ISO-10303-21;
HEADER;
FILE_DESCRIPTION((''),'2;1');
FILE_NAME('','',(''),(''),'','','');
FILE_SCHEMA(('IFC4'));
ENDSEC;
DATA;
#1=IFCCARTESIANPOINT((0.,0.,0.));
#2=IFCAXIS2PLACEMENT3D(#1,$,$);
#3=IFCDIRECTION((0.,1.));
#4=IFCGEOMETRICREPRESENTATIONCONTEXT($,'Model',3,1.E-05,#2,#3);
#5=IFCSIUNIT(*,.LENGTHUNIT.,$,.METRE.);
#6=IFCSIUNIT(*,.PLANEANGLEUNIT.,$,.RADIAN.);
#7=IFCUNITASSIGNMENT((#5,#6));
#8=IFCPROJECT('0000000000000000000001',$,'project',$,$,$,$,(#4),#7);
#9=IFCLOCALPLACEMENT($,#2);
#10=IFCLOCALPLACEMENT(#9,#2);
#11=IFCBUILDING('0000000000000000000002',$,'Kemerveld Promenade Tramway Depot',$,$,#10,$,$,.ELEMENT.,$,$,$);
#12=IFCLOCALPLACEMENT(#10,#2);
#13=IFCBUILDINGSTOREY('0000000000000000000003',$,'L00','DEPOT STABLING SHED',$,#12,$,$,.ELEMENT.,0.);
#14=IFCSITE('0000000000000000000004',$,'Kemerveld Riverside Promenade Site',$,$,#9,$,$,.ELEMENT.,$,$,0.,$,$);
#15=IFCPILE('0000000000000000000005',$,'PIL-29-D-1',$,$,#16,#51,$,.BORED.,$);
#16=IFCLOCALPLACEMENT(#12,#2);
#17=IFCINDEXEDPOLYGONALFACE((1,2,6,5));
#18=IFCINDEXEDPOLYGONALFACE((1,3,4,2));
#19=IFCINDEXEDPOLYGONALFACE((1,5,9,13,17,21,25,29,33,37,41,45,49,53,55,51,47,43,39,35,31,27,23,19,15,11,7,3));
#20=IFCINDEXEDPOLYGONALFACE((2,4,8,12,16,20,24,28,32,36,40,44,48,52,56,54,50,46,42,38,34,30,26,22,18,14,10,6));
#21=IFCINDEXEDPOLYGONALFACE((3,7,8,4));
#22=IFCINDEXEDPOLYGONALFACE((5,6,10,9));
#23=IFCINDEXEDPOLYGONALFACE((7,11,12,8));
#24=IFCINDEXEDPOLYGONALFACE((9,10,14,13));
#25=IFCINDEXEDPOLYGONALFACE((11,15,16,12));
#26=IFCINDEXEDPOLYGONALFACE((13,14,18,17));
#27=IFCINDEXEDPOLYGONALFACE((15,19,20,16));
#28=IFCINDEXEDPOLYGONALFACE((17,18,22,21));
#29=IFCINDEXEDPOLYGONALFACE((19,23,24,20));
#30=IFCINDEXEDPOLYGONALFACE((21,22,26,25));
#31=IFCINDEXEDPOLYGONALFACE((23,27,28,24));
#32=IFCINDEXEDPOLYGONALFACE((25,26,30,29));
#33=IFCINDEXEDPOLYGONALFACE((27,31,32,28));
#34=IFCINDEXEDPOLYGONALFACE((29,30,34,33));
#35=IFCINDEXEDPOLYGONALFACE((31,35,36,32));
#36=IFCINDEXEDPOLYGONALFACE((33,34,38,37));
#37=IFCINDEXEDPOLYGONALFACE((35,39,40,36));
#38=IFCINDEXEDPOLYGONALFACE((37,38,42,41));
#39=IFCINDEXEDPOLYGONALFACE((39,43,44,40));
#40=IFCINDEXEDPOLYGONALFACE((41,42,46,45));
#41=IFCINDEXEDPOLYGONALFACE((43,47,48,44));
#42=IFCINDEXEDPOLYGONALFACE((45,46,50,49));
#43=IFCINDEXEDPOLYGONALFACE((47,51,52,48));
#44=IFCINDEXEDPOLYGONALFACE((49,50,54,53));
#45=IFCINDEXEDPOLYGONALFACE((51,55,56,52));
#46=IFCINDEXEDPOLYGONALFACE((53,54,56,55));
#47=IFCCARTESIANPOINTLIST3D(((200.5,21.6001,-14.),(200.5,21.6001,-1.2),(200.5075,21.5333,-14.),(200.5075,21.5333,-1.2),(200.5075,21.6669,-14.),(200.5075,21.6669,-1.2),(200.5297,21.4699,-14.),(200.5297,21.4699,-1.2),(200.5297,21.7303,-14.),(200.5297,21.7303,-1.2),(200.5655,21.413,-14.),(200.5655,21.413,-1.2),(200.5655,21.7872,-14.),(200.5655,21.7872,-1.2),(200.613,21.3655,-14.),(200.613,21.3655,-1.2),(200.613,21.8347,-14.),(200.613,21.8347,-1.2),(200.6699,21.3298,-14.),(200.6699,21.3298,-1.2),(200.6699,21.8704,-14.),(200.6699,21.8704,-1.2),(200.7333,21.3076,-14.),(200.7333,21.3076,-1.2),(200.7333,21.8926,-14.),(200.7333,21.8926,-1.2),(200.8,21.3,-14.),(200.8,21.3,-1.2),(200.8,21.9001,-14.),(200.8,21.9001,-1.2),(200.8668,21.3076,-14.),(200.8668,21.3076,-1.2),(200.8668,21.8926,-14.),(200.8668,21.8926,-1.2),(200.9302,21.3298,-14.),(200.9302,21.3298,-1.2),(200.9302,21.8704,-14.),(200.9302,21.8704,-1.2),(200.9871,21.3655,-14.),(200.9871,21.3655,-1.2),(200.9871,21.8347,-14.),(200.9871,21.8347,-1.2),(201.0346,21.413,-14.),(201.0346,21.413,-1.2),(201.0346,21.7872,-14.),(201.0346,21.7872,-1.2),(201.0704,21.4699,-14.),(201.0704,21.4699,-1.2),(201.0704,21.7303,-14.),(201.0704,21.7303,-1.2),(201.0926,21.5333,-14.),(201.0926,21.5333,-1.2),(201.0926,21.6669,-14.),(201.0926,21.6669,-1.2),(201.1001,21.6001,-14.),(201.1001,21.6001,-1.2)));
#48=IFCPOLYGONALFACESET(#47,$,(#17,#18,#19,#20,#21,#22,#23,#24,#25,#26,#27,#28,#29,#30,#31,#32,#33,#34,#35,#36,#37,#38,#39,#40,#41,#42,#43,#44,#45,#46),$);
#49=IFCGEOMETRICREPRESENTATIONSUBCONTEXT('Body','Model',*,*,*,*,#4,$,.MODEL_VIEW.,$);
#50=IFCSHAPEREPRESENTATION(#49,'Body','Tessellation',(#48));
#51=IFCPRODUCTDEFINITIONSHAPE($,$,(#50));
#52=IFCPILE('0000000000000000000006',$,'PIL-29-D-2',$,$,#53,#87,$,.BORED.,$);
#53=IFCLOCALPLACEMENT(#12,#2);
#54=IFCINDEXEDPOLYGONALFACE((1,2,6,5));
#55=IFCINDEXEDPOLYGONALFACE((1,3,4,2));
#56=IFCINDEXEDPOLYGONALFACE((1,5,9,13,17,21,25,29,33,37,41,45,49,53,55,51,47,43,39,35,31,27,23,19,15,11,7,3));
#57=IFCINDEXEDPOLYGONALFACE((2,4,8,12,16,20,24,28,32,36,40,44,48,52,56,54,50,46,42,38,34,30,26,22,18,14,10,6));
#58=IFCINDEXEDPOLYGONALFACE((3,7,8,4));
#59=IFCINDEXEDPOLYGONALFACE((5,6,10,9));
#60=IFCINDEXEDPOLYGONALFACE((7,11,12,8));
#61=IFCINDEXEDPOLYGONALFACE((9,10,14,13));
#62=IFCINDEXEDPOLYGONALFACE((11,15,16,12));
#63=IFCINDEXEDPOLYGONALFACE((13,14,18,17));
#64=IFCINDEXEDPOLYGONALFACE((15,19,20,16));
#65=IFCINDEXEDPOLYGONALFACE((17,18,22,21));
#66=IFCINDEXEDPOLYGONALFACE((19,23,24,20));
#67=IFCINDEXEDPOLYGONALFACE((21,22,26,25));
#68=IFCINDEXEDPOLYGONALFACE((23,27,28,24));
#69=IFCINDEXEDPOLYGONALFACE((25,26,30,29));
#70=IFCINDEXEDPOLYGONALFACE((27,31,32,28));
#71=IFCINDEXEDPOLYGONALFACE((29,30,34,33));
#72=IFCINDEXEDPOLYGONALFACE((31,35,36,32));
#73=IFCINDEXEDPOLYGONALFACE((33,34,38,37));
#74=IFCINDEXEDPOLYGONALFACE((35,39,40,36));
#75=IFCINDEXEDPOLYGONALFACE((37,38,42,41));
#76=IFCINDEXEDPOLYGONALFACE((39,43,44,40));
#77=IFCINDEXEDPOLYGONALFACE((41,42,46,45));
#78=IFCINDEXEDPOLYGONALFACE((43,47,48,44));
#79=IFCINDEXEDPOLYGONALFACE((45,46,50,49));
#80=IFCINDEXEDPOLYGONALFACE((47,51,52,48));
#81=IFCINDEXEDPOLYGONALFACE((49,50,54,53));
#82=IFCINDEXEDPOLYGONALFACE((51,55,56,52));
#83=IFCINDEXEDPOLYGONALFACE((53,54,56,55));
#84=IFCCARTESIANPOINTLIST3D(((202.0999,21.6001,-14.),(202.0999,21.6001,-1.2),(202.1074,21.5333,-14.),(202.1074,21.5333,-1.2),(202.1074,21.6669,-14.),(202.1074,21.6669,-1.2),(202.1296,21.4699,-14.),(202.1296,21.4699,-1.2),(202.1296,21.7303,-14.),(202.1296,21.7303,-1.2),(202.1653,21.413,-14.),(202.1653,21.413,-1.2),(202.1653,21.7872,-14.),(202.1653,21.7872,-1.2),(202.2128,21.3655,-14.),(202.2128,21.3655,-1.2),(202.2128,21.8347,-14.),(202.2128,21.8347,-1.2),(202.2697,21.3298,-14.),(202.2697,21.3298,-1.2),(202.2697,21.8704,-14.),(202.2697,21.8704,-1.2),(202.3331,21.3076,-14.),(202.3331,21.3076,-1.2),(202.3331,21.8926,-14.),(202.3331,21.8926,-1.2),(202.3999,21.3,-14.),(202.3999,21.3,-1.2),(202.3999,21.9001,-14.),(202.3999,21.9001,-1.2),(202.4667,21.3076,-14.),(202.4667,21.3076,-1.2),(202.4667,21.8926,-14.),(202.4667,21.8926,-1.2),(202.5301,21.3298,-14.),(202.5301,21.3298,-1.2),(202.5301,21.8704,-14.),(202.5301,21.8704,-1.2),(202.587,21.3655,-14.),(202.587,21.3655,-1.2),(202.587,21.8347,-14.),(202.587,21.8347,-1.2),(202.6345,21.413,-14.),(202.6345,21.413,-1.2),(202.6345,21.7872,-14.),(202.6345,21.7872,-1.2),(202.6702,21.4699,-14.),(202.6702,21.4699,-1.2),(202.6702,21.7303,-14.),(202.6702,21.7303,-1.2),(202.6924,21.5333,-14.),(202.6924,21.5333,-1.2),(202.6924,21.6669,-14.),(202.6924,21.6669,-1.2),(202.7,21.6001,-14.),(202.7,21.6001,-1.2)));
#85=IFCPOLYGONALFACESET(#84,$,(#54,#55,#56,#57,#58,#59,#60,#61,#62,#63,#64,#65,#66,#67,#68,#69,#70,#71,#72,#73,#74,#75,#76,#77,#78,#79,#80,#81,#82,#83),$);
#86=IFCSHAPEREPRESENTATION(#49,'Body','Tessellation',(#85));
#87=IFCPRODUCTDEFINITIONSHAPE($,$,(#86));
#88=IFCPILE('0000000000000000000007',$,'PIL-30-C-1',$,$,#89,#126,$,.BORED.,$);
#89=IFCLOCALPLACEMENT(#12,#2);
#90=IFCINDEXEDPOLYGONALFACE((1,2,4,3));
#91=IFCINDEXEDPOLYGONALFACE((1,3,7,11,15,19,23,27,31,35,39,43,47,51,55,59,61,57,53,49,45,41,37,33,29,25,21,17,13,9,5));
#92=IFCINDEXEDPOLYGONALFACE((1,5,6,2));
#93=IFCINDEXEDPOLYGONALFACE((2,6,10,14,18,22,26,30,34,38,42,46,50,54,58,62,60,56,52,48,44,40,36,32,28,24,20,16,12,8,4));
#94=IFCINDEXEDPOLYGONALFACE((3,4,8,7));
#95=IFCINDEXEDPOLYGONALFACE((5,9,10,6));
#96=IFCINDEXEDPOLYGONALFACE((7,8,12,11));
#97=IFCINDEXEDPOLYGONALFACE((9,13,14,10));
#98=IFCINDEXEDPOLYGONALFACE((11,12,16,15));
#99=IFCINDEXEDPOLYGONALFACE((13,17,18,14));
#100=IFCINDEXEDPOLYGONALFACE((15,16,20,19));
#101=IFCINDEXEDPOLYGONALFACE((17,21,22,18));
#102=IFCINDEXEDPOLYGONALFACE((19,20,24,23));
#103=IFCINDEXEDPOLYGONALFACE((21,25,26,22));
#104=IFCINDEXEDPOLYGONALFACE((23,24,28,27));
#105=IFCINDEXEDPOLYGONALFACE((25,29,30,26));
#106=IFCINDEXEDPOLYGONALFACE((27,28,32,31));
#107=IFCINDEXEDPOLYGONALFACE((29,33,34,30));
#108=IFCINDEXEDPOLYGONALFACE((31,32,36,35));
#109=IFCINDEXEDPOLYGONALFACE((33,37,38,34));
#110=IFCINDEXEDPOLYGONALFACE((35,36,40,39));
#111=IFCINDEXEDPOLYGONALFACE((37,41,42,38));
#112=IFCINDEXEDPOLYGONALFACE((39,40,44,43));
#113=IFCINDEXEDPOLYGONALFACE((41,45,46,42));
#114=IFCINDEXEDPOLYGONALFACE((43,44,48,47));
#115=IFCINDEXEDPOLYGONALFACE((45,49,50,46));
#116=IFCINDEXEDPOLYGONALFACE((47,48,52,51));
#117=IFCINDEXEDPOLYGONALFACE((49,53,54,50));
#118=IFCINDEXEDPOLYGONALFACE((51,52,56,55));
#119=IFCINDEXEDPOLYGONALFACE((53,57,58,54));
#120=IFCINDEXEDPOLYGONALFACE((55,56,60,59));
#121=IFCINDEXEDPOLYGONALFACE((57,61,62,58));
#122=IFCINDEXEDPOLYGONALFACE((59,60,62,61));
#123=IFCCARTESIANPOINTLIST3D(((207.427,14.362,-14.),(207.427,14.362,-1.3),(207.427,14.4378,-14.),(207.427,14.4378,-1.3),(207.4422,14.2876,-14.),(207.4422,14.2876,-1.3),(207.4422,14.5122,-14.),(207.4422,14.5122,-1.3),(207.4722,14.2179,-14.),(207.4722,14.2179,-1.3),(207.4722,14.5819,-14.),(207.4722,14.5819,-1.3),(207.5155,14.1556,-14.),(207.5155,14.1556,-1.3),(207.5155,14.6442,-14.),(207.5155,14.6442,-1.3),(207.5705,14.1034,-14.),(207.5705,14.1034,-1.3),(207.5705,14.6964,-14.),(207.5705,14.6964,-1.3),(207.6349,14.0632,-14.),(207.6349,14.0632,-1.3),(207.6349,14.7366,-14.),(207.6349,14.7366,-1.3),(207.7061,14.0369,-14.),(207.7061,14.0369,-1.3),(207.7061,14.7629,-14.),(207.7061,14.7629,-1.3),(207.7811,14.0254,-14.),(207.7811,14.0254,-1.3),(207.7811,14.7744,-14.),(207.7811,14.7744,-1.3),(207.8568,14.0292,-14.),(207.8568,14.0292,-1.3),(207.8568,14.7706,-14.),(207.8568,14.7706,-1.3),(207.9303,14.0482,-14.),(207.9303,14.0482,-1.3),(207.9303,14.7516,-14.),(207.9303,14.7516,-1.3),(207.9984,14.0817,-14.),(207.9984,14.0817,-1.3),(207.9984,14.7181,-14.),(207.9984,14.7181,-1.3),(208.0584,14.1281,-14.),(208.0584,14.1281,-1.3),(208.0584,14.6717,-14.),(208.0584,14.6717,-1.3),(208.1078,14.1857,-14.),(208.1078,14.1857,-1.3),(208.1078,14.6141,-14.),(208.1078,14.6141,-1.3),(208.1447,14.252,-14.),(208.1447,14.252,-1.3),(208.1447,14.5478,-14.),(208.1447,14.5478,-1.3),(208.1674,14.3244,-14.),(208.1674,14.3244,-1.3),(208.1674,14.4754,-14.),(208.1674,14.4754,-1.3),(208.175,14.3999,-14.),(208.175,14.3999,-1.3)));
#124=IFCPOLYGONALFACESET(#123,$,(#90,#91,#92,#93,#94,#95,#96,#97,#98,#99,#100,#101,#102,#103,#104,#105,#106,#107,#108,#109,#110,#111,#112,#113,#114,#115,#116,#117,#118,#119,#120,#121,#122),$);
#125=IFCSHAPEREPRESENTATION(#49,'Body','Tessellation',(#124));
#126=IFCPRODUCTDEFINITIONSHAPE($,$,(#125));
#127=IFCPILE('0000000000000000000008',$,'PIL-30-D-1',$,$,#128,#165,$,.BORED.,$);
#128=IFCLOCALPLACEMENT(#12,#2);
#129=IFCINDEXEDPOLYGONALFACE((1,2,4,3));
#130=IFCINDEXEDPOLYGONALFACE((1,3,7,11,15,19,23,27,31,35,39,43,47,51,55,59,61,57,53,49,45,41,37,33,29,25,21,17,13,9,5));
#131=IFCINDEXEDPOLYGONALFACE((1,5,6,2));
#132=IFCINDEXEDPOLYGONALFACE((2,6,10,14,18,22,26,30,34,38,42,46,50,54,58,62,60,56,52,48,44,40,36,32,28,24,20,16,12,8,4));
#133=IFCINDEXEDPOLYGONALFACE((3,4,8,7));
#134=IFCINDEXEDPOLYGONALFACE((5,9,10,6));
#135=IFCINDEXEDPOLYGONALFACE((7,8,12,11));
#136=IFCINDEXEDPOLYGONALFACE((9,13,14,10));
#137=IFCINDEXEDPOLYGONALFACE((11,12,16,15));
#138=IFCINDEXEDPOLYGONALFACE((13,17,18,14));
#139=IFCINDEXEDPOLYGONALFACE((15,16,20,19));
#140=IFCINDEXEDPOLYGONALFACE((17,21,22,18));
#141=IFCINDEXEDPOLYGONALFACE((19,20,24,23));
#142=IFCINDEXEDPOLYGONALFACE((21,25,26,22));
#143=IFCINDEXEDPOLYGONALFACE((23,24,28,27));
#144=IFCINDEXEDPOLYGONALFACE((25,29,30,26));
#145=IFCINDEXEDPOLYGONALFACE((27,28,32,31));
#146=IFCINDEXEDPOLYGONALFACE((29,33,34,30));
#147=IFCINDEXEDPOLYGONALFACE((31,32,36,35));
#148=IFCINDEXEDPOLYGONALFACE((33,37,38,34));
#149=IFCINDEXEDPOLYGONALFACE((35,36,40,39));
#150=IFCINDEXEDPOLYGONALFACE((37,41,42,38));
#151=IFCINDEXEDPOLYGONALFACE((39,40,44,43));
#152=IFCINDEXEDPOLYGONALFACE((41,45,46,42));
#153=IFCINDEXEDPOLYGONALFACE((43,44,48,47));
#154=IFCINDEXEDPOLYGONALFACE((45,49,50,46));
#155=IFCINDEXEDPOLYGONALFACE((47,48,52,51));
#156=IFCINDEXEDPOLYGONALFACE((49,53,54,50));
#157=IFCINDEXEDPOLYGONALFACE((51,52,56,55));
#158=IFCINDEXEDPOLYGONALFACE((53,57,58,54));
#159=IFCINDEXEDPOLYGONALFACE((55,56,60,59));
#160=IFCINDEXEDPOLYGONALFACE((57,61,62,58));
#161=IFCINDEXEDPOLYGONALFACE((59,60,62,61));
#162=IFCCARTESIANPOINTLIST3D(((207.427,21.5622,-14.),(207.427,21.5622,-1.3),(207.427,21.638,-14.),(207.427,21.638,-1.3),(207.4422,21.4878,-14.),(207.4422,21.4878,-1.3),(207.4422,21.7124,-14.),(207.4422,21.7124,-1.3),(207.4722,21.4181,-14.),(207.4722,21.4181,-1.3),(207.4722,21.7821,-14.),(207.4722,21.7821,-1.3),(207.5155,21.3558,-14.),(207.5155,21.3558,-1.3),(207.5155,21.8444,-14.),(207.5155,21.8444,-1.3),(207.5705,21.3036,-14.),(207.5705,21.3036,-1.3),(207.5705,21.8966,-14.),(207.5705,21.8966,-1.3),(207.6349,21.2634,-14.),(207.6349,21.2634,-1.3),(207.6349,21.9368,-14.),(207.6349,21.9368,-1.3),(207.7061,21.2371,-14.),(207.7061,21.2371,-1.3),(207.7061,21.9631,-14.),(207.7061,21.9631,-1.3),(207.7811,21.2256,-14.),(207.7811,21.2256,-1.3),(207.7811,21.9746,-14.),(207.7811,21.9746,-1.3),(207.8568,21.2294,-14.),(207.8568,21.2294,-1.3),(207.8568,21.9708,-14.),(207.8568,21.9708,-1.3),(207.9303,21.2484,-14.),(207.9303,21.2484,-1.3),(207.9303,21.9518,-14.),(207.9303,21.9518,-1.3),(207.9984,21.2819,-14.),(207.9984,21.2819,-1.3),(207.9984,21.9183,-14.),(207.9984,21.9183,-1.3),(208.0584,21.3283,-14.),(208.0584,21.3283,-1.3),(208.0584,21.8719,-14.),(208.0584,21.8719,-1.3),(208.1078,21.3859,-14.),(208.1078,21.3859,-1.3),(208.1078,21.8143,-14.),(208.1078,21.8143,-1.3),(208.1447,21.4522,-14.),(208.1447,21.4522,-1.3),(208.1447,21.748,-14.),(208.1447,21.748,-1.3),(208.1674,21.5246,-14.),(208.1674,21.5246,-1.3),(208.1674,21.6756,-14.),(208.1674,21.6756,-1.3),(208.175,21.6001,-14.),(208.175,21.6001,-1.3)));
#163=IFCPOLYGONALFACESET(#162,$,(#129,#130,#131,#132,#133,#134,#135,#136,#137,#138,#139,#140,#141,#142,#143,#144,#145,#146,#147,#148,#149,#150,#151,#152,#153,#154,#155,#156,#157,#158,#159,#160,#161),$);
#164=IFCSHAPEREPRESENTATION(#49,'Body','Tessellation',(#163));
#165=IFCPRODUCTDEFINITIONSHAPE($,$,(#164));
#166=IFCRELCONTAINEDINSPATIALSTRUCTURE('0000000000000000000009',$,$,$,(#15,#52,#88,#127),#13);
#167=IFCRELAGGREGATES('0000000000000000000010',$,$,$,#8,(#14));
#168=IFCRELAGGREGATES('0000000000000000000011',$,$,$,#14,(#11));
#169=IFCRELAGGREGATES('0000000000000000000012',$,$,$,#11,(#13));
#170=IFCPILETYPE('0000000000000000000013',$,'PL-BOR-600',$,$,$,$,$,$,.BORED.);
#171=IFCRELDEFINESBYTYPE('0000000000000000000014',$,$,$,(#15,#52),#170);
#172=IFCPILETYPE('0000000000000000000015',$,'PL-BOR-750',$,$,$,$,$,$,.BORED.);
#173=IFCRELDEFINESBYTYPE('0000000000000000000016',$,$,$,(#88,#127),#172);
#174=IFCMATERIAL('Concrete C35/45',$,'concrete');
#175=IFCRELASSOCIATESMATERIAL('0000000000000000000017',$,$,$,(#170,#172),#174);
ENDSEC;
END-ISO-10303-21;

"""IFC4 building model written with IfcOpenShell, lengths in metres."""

from ifc_helpers import new_model, si_unit, direction, frame, origin, origin_2d, place, context, subcontext, project, spatial, circle, extrude, material, material_profile, profile_set, type_object, element, save


model = new_model("IFC4")

# Units and contexts
model_context = context("Model", 3, precision=1e-05, world=origin(), true_north=direction((0.0, 1.0)))
body_context = subcontext(model_context, "Body", "Model", "MODEL_VIEW")
ifc_project = project(units=[si_unit("LENGTHUNIT", "METRE"), si_unit("PLANEANGLEUNIT", "RADIAN")], contexts=[model_context])

# Site, building, storey
site_placement = place(None, origin())
site = spatial("IfcSite", under=ifc_project, at=site_placement, Name="Kemerveld Riverside Promenade Site", CompositionType="ELEMENT", RefElevation=0.0)
building_placement = place(site_placement, origin())
building = spatial("IfcBuilding", under=site, at=building_placement, Name="Kemerveld Promenade Tramway Depot", CompositionType="ELEMENT")
storey_placement = place(building_placement, origin())
storey = spatial("IfcBuildingStorey", under=building, at=storey_placement, Name="L00", Description="DEPOT STABLING SHED", CompositionType="ELEMENT", Elevation=0.0)

# Shared definitions
ifc_material_1 = material(Name="Concrete C35/45", Category="concrete")

# Piles
ifc_material_profile_1 = material_profile(ifc_material_1, circle(Radius=0.3, at=origin_2d()), Name="PILE-D600")
ifc_profile_set_1 = profile_set([ifc_material_profile_1], Name="Concrete C35/45")
pile_type_1 = type_object("IfcPileType", Name="PL-BOR-600", PredefinedType="BORED", material=ifc_profile_set_1)
for number, where, z_axis, x_axis, name in (
    (1, (200.8, 21.6001, -1.2), (0.0, 0.0, -1.0), (1.0, 0.0, 0.0), "PIL-29-D-1"),
    (2, (202.3999, 21.6001, -1.2), (0.0, 0.0, -1.0), (1.0, 0.0, 0.0), "PIL-29-D-2"),
):
    element("IfcPile", number, at=place(storey_placement, frame(where, z_axis=z_axis, x_axis=x_axis)), inside=storey, type_object=pile_type_1, Name=name, PredefinedType="BORED", context=body_context, shape_type="SweptSolid", body=[
        extrude(circle(Radius=0.3, at=origin_2d()), origin(), (0.0, 0.0, 1.0), 12.8),
    ])
ifc_material_profile_2 = material_profile(ifc_material_1, circle(Radius=0.375, at=origin_2d()), Name="PILE-D750")
ifc_profile_set_2 = profile_set([ifc_material_profile_2], Name="Concrete C35/45")
pile_type_2 = type_object("IfcPileType", Name="PL-BOR-750", PredefinedType="BORED", material=ifc_profile_set_2)
for number, where, z_axis, x_axis, name in (
    (3, (207.8, 14.3999, -1.3), (0.0, 0.0, -1.0), (1.0, 0.0, 0.0), "PIL-30-C-1"),
    (4, (207.8, 21.6001, -1.3), (0.0, 0.0, -1.0), (1.0, 0.0, 0.0), "PIL-30-D-1"),
):
    element("IfcPile", number, at=place(storey_placement, frame(where, z_axis=z_axis, x_axis=x_axis)), inside=storey, type_object=pile_type_2, Name=name, PredefinedType="BORED", context=body_context, shape_type="SweptSolid", body=[
        extrude(circle(Radius=0.375, at=origin_2d()), origin(), (0.0, 0.0, 1.0), 12.7),
    ])

save(model, "model.ifc")
